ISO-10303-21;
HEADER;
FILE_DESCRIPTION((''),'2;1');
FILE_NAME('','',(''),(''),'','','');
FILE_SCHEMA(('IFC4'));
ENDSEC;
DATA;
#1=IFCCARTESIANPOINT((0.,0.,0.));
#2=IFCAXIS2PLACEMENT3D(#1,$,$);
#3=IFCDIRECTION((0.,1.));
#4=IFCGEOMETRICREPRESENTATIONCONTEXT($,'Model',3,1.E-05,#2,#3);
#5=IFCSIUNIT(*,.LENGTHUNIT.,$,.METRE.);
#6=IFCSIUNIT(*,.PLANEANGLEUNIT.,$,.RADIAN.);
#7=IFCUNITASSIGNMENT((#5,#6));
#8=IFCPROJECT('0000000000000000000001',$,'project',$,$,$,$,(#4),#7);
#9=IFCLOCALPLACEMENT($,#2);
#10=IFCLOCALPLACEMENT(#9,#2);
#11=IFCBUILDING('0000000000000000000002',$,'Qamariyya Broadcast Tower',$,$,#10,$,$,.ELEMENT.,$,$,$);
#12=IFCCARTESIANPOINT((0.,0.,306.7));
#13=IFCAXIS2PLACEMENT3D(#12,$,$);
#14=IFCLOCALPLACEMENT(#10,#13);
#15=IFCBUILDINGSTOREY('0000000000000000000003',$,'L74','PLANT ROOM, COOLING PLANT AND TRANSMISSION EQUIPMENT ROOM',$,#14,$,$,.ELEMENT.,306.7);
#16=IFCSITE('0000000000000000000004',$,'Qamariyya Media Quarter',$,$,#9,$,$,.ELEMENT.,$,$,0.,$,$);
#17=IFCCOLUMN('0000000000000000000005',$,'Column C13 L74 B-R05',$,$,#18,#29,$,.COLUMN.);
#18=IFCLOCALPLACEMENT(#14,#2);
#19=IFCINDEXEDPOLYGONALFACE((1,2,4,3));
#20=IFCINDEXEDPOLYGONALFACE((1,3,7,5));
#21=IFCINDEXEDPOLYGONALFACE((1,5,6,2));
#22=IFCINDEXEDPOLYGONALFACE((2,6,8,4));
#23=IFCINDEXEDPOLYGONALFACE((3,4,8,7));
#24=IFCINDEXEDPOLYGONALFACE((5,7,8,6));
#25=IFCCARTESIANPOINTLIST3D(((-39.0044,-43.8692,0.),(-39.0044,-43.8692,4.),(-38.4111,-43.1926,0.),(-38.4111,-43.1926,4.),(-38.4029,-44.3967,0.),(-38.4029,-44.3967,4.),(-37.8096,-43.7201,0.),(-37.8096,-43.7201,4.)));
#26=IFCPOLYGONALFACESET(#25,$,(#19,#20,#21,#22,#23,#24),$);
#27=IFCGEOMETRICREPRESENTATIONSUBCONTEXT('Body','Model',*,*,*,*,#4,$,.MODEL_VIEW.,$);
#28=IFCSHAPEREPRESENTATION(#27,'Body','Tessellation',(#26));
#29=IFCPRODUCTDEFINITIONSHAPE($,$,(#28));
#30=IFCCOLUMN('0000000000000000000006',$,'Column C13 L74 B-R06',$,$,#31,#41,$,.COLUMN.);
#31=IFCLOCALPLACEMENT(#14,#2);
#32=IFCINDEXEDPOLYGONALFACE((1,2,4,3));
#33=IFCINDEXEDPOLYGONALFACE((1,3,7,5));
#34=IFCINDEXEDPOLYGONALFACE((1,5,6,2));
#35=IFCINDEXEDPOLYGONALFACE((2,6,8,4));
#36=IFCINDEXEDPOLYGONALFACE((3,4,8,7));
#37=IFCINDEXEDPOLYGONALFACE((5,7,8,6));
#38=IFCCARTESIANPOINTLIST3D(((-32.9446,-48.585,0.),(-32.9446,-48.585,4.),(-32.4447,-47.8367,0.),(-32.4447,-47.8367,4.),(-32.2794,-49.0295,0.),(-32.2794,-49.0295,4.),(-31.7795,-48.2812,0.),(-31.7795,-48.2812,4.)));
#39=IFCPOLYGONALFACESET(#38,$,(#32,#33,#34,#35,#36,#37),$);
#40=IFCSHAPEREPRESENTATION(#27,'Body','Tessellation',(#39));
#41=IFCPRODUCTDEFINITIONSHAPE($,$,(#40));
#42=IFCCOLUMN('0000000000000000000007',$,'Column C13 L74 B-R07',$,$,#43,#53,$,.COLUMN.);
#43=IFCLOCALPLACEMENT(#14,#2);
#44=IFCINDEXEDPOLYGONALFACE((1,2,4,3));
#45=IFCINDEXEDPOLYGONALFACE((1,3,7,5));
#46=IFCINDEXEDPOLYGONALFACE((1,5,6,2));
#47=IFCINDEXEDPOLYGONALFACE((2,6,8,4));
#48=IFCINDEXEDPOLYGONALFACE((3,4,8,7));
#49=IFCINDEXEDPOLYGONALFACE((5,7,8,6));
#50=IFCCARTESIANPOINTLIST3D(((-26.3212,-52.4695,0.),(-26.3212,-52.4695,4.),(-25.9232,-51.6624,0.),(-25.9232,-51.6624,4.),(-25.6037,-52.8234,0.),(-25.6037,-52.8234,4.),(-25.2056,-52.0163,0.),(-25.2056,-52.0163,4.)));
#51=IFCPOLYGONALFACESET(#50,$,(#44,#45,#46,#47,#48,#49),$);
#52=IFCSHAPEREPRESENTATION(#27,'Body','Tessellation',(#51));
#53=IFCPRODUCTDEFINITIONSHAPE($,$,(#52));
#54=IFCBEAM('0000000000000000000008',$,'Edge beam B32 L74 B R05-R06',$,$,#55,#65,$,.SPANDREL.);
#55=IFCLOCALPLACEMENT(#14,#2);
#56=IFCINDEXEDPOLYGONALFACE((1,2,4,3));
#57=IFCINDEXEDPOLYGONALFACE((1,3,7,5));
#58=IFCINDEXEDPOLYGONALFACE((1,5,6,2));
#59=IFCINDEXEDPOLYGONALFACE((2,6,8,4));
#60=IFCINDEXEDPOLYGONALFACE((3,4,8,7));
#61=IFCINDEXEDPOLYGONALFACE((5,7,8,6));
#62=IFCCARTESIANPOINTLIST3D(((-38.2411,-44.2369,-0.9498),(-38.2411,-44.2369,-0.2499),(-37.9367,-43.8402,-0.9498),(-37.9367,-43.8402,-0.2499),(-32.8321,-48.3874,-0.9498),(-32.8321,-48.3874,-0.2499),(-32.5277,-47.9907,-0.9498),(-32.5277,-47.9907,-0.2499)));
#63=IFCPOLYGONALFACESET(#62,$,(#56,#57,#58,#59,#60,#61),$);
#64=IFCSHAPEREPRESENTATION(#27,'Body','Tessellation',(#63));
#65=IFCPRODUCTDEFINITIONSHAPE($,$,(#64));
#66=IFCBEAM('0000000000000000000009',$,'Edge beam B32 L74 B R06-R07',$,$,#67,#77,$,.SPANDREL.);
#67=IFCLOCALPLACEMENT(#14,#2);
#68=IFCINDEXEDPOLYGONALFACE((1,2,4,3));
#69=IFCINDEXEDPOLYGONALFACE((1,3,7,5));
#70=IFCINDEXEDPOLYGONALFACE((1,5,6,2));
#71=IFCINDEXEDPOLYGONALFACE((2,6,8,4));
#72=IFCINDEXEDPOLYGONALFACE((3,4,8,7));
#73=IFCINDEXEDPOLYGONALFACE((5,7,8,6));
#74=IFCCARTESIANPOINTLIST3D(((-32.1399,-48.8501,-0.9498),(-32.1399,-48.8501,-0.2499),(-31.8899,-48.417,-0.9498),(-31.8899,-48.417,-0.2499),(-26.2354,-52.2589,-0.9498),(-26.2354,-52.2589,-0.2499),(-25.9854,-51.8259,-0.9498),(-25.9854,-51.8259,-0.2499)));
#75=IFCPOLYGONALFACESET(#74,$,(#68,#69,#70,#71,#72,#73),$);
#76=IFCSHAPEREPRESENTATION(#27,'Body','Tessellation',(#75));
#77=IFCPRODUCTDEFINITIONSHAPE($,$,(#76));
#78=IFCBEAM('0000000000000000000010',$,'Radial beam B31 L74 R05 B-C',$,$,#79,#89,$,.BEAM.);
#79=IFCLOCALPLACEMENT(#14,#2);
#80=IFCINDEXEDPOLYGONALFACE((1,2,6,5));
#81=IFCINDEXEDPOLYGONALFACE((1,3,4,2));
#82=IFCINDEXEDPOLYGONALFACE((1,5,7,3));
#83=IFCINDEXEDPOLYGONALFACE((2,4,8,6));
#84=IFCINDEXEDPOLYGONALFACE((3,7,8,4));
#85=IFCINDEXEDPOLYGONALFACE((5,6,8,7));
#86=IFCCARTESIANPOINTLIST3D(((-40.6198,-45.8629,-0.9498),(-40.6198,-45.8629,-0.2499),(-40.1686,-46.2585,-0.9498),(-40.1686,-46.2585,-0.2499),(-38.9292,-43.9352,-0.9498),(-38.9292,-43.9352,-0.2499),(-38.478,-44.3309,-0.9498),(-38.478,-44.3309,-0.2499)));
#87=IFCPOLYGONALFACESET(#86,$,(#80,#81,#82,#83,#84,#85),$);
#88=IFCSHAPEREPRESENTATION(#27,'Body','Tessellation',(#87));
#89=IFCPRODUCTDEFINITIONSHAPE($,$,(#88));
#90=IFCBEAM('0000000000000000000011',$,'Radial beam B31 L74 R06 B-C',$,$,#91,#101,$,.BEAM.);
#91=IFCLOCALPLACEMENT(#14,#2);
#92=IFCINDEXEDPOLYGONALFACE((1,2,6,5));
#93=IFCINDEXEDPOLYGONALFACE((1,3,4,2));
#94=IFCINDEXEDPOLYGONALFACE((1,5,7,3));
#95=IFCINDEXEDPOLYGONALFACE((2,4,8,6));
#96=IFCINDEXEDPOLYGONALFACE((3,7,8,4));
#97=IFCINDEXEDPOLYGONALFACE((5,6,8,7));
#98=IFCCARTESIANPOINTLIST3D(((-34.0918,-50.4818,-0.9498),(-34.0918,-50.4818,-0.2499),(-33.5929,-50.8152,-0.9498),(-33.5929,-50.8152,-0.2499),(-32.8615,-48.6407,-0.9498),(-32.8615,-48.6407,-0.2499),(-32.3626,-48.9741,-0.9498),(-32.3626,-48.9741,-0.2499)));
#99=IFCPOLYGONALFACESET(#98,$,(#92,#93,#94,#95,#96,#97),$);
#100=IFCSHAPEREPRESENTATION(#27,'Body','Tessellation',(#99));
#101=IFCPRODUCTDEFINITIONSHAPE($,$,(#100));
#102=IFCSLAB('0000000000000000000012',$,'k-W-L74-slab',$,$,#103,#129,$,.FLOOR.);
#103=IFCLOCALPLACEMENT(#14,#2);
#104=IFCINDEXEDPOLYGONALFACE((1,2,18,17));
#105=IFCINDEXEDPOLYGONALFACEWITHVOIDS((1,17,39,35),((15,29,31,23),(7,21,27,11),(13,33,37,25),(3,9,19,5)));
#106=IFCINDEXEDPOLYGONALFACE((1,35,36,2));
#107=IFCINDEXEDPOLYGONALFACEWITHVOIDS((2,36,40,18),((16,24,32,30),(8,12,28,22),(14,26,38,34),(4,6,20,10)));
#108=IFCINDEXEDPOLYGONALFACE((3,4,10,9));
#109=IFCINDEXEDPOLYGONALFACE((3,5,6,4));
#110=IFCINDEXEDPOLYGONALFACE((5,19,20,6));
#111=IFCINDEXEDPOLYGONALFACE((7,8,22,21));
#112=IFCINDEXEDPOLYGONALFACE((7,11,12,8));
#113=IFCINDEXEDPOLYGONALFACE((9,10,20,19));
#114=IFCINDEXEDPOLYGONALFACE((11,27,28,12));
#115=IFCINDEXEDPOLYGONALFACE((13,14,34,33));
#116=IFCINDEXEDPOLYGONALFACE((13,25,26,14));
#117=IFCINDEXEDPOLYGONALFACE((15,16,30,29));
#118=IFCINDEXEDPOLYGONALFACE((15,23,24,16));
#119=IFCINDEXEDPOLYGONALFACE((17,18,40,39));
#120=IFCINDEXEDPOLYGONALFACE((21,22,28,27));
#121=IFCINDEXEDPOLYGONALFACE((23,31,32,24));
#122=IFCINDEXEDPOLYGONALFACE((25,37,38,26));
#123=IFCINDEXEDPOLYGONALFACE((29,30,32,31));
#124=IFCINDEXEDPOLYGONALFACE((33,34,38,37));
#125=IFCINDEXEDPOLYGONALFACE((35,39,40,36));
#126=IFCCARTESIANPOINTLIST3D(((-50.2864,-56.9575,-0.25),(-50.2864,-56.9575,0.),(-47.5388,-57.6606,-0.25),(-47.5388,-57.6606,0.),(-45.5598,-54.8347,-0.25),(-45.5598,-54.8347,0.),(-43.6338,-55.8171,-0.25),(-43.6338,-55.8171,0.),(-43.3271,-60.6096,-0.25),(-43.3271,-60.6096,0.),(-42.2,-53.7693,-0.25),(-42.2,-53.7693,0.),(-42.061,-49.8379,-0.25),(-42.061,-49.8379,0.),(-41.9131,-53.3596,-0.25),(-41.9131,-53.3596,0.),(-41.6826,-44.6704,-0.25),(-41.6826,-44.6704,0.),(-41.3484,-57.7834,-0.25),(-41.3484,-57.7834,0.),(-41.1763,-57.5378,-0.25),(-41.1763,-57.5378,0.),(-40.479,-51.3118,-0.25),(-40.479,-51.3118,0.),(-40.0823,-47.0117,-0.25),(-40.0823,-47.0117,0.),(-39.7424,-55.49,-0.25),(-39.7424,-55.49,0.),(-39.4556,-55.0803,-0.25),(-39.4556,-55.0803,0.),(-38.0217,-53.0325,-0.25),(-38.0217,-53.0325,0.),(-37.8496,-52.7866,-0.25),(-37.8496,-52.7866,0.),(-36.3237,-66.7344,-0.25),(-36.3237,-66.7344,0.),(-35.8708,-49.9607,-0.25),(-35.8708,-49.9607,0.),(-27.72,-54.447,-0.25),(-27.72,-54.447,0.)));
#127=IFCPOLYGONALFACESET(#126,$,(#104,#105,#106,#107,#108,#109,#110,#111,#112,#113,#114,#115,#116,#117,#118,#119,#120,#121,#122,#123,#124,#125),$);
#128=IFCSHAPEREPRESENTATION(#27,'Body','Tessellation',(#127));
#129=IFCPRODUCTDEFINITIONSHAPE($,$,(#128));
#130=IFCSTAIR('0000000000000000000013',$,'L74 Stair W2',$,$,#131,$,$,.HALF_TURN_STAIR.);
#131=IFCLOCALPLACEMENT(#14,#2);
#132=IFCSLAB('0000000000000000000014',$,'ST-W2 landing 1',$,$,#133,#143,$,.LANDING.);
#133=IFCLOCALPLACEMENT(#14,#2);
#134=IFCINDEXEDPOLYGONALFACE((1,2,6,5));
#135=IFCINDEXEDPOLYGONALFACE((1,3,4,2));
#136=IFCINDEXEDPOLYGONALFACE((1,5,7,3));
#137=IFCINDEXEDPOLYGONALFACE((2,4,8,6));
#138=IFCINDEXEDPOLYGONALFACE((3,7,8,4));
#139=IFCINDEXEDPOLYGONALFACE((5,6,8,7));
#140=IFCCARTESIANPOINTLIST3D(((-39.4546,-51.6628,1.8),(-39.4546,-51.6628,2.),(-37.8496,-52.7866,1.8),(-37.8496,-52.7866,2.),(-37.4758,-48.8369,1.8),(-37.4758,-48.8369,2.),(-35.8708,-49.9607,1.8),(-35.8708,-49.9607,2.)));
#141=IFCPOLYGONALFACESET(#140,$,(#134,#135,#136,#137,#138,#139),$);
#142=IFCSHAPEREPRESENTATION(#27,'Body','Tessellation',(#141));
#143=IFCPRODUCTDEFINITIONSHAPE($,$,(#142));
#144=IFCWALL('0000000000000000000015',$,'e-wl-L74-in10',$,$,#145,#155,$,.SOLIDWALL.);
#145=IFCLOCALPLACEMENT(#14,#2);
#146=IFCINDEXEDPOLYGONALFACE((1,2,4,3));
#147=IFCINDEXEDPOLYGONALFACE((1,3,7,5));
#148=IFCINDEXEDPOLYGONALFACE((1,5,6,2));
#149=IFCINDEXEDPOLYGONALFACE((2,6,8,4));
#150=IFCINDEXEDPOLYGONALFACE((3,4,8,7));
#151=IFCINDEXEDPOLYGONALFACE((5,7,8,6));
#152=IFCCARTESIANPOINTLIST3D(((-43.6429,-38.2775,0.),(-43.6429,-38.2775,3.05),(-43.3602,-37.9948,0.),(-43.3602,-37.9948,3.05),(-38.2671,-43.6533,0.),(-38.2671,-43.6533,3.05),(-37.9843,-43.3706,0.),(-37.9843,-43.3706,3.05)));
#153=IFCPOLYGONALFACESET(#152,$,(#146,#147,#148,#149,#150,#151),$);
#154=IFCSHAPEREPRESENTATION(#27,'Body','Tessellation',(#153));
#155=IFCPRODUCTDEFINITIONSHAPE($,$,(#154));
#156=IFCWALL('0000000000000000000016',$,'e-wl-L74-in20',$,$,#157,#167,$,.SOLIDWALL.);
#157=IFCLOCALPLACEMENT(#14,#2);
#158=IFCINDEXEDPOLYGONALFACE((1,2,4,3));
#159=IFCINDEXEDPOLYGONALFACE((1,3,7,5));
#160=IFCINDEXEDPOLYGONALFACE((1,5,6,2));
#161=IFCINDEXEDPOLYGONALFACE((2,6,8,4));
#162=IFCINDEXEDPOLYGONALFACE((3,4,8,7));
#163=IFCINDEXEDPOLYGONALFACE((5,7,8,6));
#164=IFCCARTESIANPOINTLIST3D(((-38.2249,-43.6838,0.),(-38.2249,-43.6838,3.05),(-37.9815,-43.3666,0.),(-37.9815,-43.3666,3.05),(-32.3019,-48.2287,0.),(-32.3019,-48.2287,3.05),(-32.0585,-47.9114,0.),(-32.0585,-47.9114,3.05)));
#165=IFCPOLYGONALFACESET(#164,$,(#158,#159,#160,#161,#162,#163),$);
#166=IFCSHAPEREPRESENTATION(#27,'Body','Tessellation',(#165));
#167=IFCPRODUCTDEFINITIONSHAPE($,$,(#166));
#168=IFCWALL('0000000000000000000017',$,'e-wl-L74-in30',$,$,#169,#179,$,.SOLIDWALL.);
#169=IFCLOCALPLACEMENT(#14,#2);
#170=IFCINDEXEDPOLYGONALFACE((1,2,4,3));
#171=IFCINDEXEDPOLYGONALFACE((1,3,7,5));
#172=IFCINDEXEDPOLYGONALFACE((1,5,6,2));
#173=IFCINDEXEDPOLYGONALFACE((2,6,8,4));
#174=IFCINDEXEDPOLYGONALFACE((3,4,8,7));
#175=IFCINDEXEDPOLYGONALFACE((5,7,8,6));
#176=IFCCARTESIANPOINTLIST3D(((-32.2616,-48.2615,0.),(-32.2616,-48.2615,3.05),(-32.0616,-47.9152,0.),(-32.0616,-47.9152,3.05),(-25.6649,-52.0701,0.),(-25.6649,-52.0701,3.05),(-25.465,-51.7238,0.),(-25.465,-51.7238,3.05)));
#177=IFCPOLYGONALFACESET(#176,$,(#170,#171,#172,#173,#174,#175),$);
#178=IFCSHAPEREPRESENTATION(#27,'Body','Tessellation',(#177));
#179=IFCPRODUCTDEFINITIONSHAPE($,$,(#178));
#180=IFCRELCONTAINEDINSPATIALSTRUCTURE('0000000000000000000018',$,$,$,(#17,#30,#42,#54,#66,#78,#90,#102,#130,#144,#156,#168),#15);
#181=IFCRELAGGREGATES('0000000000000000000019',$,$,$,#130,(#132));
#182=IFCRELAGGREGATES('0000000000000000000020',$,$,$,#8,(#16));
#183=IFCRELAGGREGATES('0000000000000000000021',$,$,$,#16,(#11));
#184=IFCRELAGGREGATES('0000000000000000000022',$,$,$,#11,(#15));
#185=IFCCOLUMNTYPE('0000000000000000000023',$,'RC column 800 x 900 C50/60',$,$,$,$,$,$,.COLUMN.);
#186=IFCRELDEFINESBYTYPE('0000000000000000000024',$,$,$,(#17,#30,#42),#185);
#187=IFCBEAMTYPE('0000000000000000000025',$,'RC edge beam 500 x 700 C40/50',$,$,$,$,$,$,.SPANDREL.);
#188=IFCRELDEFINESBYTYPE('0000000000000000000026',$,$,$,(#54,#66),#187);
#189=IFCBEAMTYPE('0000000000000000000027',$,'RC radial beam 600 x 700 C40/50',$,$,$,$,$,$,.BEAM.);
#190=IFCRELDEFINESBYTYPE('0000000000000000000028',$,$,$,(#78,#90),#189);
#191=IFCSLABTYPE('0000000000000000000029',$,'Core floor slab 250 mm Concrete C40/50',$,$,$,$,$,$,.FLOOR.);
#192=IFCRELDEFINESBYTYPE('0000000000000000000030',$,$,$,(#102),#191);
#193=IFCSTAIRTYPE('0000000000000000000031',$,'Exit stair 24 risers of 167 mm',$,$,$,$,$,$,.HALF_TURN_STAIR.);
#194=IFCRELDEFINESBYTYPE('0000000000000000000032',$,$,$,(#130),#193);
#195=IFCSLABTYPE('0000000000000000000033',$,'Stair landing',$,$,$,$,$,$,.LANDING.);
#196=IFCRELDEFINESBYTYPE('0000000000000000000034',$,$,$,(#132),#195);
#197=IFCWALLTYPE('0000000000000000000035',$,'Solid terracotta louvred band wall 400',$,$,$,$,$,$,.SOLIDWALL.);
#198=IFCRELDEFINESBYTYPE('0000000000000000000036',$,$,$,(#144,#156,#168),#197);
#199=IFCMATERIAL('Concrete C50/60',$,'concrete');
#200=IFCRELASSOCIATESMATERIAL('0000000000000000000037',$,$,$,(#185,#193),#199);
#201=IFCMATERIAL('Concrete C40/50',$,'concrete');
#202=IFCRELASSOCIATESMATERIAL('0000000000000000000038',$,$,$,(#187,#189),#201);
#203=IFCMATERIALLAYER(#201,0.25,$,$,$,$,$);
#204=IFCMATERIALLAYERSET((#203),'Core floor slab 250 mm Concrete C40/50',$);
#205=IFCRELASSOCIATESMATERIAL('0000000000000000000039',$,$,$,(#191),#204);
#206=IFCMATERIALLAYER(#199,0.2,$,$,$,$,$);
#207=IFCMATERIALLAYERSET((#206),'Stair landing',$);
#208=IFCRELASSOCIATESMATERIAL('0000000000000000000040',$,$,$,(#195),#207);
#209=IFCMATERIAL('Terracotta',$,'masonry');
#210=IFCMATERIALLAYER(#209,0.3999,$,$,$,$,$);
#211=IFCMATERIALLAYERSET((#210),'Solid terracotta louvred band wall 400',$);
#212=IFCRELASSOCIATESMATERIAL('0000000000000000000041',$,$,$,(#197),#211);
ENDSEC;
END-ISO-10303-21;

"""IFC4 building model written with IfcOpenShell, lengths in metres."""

from ifc_helpers import new_model, si_unit, direction, frame, frame_2d, origin, origin_2d, place, context, subcontext, project, spatial, polyline, rectangle, outline, extrude, material, layer, layer_set, material_profile, profile_set, type_object, element, aggregate, save


model = new_model("IFC4")

# Units and contexts
model_context = context("Model", 3, precision=1e-05, world=origin(), true_north=direction((0.0, 1.0)))
body_context = subcontext(model_context, "Body", "Model", "MODEL_VIEW")
ifc_project = project(units=[si_unit("LENGTHUNIT", "METRE"), si_unit("PLANEANGLEUNIT", "RADIAN")], contexts=[model_context])

# Site, building, storey
site_placement = place(None, origin())
site = spatial("IfcSite", under=ifc_project, at=site_placement, Name="Qamariyya Media Quarter", CompositionType="ELEMENT", RefElevation=0.0)
building_placement = place(site_placement, origin())
building = spatial("IfcBuilding", under=site, at=building_placement, Name="Qamariyya Broadcast Tower", CompositionType="ELEMENT")
storey_placement = place(building_placement, frame((0.0, 0.0, 306.7)))
storey = spatial("IfcBuildingStorey", under=building, at=storey_placement, Name="L74", Description="PLANT ROOM, COOLING PLANT AND TRANSMISSION EQUIPMENT ROOM", CompositionType="ELEMENT", Elevation=306.7)

# Columns
ifc_material_1 = material(Name="Concrete C50/60", Category="concrete")
ifc_material_profile_1 = material_profile(ifc_material_1, rectangle(XDim=0.8, YDim=0.8999, at=origin_2d()))
ifc_profile_set_1 = profile_set([ifc_material_profile_1], Name="Concrete C50/60")
column_type = type_object("IfcColumnType", Name="RC column 800 x 900 C50/60", PredefinedType="COLUMN", material=ifc_profile_set_1)
for number, where, z_axis, x_axis, name in (
    (1, (-38.407, -43.7947, 0.0), (0.0, 0.0, 1.0), (0.75184, -0.659346, 0.0), "Column C13 L74 B-R05"),
    (2, (-32.3621, -48.4331, 0.0), (0.0, 0.0, 1.0), (0.83147, -0.55557, 0.0), "Column C13 L74 B-R06"),
    (3, (-25.7634, -52.2429, 0.0), (0.0, 0.0, 1.0), (0.896873, -0.442289, 0.0), "Column C13 L74 B-R07"),
):
    element("IfcColumn", number, at=place(storey_placement, frame(where, z_axis=z_axis, x_axis=x_axis)), inside=storey, type_object=column_type, Name=name, PredefinedType="COLUMN", context=body_context, shape_type="SweptSolid", body=[
        extrude(rectangle(XDim=0.8, YDim=0.8999, at=origin_2d()), origin(), (0.0, 0.0, 1.0), 4.0),
    ])

# Beams
ifc_material_2 = material(Name="Concrete C40/50", Category="concrete")
ifc_material_profile_2 = material_profile(ifc_material_2, rectangle(XDim=0.5, YDim=0.7, at=origin_2d()))
ifc_profile_set_2 = profile_set([ifc_material_profile_2], Name="Concrete C40/50")
beam_type_1 = type_object("IfcBeamType", Name="RC edge beam 500 x 700 C40/50", PredefinedType="SPANDREL", material=ifc_profile_set_2)
for number, where, z_axis, x_axis, name in (
    (4, (-38.0889, -44.0386, -0.5999), (0.793356, -0.608759, 0.0), (0.608759, 0.793356, 0.0), "Edge beam B32 L74 B R05-R06"),
    (5, (-32.0149, -48.6335, -0.5999), (0.866029, -0.499994, 0.0), (0.499994, 0.866029, 0.0), "Edge beam B32 L74 B R06-R07"),
):
    element("IfcBeam", number, at=place(storey_placement, frame(where, z_axis=z_axis, x_axis=x_axis)), inside=storey, type_object=beam_type_1, Name=name, PredefinedType="SPANDREL", context=body_context, shape_type="SweptSolid", body=[
        extrude(rectangle(XDim=0.5, YDim=0.7, at=origin_2d()), origin(), (0.0, 0.0, 1.0), 6.8179),
    ])
ifc_material_profile_3 = material_profile(ifc_material_2, rectangle(XDim=0.6001, YDim=0.7, at=origin_2d()))
ifc_profile_set_3 = profile_set([ifc_material_profile_3], Name="Concrete C40/50")
beam_type_2 = type_object("IfcBeamType", Name="RC radial beam 600 x 700 C40/50", PredefinedType="BEAM", material=ifc_profile_set_3)
beam_1_placement = place(storey_placement, frame((-38.7036, -44.1331, -0.5999), z_axis=(-0.659367, -0.751821, 0.0), x_axis=(0.751821, -0.659367, 0.0)))
element("IfcBeam", 6, at=beam_1_placement, inside=storey, type_object=beam_type_2, Name="Radial beam B31 L74 R05 B-C", PredefinedType="BEAM", context=body_context, shape_type="SweptSolid", body=[
    extrude(rectangle(XDim=0.6001, YDim=0.7, at=origin_2d()), origin(), (0.0, 0.0, 1.0), 2.564),
])
beam_2_placement = place(storey_placement, frame((-32.6121, -48.8074, -0.5999), z_axis=(-0.55559, -0.831456, 0.0), x_axis=(0.831456, -0.55559, 0.0)))
element("IfcBeam", 7, at=beam_2_placement, inside=storey, type_object=beam_type_2, Name="Radial beam B31 L74 R06 B-C", PredefinedType="BEAM", context=body_context, shape_type="SweptSolid", body=[
    extrude(rectangle(XDim=0.6001, YDim=0.7, at=origin_2d()), origin(), (0.0, 0.0, 1.0), 2.2144),
])

# Slab
ifc_layer_1 = layer(ifc_material_2, 0.25)
ifc_layer_set_1 = layer_set([ifc_layer_1], Name="Core floor slab 250 mm Concrete C40/50")
slab_type_1 = type_object("IfcSlabType", Name="Core floor slab 250 mm Concrete C40/50", PredefinedType="FLOOR", material=ifc_layer_set_1)
slab_1_placement = place(storey_placement, frame((0.0, 0.0, -0.25)))
element("IfcSlab", 8, at=slab_1_placement, inside=storey, type_object=slab_type_1, Name="k-W-L74-slab", PredefinedType="FLOOR", context=body_context, shape_type="SweptSolid", body=[
    extrude(outline(polyline([(-50.2864, -56.9575), (-36.3237, -66.7344), (-27.72, -54.447), (-41.6826, -44.6704), (-50.2864, -56.9575)]), holes=[polyline([(-39.7424, -55.49), (-42.2, -53.7693), (-43.6338, -55.8171), (-41.1763, -57.5378), (-39.7424, -55.49)]), polyline([(-39.4556, -55.0803), (-41.9131, -53.3596), (-40.479, -51.3118), (-38.0217, -53.0325), (-39.4556, -55.0803)]), polyline([(-42.061, -49.8379), (-37.8496, -52.7866), (-35.8708, -49.9607), (-40.0823, -47.0117), (-42.061, -49.8379)]), polyline([(-47.5388, -57.6606), (-43.3271, -60.6096), (-41.3484, -57.7834), (-45.5598, -54.8347), (-47.5388, -57.6606)])]), origin(), (0.0, 0.0, 1.0), 0.25),
])

# Stair, slab
stair_type = type_object("IfcStairType", Name="Exit stair 24 risers of 167 mm", PredefinedType="HALF_TURN_STAIR", material=ifc_material_1)
stair_placement = place(storey_placement, origin())
stair = element("IfcStair", 9, at=stair_placement, inside=storey, type_object=stair_type, Name="L74 Stair W2", PredefinedType="HALF_TURN_STAIR")
ifc_layer_2 = layer(ifc_material_1, 0.2)
ifc_layer_set_2 = layer_set([ifc_layer_2], Name="Stair landing")
slab_type_2 = type_object("IfcSlabType", Name="Stair landing", PredefinedType="LANDING", material=ifc_layer_set_2)
slab_2_placement = place(storey_placement, frame((0.0, 0.0, 1.8)))
slab_2 = element("IfcSlab", 10, at=slab_2_placement, type_object=slab_type_2, Name="ST-W2 landing 1", PredefinedType="LANDING", context=body_context, shape_type="SweptSolid", body=[
    extrude(outline(polyline([(-39.4546, -51.6628), (-37.8496, -52.7866), (-35.8708, -49.9607), (-37.4758, -48.8369), (-39.4546, -51.6628)])), origin(), (0.0, 0.0, 1.0), 0.2),
])

# Walls
ifc_material_3 = material(Name="Terracotta", Category="masonry")
ifc_layer_3 = layer(ifc_material_3, 0.3999)
ifc_layer_set_3 = layer_set([ifc_layer_3], Name="Solid terracotta louvred band wall 400")
wall_type = type_object("IfcWallType", Name="Solid terracotta louvred band wall 400", PredefinedType="SOLIDWALL", material=ifc_layer_set_3)
wall_1_placement = place(storey_placement, frame((-38.1257, -43.512, 0.0), z_axis=(0.0, 0.0, 1.0), x_axis=(-0.707107, 0.707107, 0.0)))
element("IfcWall", 11, at=wall_1_placement, inside=storey, type_object=wall_type, Name="e-wl-L74-in10", PredefinedType="SOLIDWALL", context=body_context, shape_type="SweptSolid", body=[
    extrude(rectangle(XDim=7.6025, YDim=0.3999, at=frame_2d((3.8013, 0.0))), origin(), (0.0, 0.0, 1.0), 3.05),
])
wall_2_placement = place(storey_placement, frame((-32.1802, -48.0701, 0.0), z_axis=(0.0, 0.0, 1.0), x_axis=(-0.793355, 0.608759, 0.0)))
element("IfcWall", 12, at=wall_2_placement, inside=storey, type_object=wall_type, Name="e-wl-L74-in20", PredefinedType="SOLIDWALL", context=body_context, shape_type="SweptSolid", body=[
    extrude(rectangle(XDim=7.4658, YDim=0.3999, at=frame_2d((3.7329, 0.0))), origin(), (0.0, 0.0, 1.0), 3.05),
])
wall_3_placement = place(storey_placement, frame((-25.5649, -51.897, 0.0), z_axis=(0.0, 0.0, 1.0), x_axis=(-0.866025, 0.5, 0.0)))
element("IfcWall", 13, at=wall_3_placement, inside=storey, type_object=wall_type, Name="e-wl-L74-in30", PredefinedType="SOLIDWALL", context=body_context, shape_type="SweptSolid", body=[
    extrude(rectangle(XDim=7.6172, YDim=0.3999, at=frame_2d((3.8086, 0.0))), origin(), (0.0, 0.0, 1.0), 3.05),
])

aggregate(stair, [slab_2])

save(model, "model.ifc")
